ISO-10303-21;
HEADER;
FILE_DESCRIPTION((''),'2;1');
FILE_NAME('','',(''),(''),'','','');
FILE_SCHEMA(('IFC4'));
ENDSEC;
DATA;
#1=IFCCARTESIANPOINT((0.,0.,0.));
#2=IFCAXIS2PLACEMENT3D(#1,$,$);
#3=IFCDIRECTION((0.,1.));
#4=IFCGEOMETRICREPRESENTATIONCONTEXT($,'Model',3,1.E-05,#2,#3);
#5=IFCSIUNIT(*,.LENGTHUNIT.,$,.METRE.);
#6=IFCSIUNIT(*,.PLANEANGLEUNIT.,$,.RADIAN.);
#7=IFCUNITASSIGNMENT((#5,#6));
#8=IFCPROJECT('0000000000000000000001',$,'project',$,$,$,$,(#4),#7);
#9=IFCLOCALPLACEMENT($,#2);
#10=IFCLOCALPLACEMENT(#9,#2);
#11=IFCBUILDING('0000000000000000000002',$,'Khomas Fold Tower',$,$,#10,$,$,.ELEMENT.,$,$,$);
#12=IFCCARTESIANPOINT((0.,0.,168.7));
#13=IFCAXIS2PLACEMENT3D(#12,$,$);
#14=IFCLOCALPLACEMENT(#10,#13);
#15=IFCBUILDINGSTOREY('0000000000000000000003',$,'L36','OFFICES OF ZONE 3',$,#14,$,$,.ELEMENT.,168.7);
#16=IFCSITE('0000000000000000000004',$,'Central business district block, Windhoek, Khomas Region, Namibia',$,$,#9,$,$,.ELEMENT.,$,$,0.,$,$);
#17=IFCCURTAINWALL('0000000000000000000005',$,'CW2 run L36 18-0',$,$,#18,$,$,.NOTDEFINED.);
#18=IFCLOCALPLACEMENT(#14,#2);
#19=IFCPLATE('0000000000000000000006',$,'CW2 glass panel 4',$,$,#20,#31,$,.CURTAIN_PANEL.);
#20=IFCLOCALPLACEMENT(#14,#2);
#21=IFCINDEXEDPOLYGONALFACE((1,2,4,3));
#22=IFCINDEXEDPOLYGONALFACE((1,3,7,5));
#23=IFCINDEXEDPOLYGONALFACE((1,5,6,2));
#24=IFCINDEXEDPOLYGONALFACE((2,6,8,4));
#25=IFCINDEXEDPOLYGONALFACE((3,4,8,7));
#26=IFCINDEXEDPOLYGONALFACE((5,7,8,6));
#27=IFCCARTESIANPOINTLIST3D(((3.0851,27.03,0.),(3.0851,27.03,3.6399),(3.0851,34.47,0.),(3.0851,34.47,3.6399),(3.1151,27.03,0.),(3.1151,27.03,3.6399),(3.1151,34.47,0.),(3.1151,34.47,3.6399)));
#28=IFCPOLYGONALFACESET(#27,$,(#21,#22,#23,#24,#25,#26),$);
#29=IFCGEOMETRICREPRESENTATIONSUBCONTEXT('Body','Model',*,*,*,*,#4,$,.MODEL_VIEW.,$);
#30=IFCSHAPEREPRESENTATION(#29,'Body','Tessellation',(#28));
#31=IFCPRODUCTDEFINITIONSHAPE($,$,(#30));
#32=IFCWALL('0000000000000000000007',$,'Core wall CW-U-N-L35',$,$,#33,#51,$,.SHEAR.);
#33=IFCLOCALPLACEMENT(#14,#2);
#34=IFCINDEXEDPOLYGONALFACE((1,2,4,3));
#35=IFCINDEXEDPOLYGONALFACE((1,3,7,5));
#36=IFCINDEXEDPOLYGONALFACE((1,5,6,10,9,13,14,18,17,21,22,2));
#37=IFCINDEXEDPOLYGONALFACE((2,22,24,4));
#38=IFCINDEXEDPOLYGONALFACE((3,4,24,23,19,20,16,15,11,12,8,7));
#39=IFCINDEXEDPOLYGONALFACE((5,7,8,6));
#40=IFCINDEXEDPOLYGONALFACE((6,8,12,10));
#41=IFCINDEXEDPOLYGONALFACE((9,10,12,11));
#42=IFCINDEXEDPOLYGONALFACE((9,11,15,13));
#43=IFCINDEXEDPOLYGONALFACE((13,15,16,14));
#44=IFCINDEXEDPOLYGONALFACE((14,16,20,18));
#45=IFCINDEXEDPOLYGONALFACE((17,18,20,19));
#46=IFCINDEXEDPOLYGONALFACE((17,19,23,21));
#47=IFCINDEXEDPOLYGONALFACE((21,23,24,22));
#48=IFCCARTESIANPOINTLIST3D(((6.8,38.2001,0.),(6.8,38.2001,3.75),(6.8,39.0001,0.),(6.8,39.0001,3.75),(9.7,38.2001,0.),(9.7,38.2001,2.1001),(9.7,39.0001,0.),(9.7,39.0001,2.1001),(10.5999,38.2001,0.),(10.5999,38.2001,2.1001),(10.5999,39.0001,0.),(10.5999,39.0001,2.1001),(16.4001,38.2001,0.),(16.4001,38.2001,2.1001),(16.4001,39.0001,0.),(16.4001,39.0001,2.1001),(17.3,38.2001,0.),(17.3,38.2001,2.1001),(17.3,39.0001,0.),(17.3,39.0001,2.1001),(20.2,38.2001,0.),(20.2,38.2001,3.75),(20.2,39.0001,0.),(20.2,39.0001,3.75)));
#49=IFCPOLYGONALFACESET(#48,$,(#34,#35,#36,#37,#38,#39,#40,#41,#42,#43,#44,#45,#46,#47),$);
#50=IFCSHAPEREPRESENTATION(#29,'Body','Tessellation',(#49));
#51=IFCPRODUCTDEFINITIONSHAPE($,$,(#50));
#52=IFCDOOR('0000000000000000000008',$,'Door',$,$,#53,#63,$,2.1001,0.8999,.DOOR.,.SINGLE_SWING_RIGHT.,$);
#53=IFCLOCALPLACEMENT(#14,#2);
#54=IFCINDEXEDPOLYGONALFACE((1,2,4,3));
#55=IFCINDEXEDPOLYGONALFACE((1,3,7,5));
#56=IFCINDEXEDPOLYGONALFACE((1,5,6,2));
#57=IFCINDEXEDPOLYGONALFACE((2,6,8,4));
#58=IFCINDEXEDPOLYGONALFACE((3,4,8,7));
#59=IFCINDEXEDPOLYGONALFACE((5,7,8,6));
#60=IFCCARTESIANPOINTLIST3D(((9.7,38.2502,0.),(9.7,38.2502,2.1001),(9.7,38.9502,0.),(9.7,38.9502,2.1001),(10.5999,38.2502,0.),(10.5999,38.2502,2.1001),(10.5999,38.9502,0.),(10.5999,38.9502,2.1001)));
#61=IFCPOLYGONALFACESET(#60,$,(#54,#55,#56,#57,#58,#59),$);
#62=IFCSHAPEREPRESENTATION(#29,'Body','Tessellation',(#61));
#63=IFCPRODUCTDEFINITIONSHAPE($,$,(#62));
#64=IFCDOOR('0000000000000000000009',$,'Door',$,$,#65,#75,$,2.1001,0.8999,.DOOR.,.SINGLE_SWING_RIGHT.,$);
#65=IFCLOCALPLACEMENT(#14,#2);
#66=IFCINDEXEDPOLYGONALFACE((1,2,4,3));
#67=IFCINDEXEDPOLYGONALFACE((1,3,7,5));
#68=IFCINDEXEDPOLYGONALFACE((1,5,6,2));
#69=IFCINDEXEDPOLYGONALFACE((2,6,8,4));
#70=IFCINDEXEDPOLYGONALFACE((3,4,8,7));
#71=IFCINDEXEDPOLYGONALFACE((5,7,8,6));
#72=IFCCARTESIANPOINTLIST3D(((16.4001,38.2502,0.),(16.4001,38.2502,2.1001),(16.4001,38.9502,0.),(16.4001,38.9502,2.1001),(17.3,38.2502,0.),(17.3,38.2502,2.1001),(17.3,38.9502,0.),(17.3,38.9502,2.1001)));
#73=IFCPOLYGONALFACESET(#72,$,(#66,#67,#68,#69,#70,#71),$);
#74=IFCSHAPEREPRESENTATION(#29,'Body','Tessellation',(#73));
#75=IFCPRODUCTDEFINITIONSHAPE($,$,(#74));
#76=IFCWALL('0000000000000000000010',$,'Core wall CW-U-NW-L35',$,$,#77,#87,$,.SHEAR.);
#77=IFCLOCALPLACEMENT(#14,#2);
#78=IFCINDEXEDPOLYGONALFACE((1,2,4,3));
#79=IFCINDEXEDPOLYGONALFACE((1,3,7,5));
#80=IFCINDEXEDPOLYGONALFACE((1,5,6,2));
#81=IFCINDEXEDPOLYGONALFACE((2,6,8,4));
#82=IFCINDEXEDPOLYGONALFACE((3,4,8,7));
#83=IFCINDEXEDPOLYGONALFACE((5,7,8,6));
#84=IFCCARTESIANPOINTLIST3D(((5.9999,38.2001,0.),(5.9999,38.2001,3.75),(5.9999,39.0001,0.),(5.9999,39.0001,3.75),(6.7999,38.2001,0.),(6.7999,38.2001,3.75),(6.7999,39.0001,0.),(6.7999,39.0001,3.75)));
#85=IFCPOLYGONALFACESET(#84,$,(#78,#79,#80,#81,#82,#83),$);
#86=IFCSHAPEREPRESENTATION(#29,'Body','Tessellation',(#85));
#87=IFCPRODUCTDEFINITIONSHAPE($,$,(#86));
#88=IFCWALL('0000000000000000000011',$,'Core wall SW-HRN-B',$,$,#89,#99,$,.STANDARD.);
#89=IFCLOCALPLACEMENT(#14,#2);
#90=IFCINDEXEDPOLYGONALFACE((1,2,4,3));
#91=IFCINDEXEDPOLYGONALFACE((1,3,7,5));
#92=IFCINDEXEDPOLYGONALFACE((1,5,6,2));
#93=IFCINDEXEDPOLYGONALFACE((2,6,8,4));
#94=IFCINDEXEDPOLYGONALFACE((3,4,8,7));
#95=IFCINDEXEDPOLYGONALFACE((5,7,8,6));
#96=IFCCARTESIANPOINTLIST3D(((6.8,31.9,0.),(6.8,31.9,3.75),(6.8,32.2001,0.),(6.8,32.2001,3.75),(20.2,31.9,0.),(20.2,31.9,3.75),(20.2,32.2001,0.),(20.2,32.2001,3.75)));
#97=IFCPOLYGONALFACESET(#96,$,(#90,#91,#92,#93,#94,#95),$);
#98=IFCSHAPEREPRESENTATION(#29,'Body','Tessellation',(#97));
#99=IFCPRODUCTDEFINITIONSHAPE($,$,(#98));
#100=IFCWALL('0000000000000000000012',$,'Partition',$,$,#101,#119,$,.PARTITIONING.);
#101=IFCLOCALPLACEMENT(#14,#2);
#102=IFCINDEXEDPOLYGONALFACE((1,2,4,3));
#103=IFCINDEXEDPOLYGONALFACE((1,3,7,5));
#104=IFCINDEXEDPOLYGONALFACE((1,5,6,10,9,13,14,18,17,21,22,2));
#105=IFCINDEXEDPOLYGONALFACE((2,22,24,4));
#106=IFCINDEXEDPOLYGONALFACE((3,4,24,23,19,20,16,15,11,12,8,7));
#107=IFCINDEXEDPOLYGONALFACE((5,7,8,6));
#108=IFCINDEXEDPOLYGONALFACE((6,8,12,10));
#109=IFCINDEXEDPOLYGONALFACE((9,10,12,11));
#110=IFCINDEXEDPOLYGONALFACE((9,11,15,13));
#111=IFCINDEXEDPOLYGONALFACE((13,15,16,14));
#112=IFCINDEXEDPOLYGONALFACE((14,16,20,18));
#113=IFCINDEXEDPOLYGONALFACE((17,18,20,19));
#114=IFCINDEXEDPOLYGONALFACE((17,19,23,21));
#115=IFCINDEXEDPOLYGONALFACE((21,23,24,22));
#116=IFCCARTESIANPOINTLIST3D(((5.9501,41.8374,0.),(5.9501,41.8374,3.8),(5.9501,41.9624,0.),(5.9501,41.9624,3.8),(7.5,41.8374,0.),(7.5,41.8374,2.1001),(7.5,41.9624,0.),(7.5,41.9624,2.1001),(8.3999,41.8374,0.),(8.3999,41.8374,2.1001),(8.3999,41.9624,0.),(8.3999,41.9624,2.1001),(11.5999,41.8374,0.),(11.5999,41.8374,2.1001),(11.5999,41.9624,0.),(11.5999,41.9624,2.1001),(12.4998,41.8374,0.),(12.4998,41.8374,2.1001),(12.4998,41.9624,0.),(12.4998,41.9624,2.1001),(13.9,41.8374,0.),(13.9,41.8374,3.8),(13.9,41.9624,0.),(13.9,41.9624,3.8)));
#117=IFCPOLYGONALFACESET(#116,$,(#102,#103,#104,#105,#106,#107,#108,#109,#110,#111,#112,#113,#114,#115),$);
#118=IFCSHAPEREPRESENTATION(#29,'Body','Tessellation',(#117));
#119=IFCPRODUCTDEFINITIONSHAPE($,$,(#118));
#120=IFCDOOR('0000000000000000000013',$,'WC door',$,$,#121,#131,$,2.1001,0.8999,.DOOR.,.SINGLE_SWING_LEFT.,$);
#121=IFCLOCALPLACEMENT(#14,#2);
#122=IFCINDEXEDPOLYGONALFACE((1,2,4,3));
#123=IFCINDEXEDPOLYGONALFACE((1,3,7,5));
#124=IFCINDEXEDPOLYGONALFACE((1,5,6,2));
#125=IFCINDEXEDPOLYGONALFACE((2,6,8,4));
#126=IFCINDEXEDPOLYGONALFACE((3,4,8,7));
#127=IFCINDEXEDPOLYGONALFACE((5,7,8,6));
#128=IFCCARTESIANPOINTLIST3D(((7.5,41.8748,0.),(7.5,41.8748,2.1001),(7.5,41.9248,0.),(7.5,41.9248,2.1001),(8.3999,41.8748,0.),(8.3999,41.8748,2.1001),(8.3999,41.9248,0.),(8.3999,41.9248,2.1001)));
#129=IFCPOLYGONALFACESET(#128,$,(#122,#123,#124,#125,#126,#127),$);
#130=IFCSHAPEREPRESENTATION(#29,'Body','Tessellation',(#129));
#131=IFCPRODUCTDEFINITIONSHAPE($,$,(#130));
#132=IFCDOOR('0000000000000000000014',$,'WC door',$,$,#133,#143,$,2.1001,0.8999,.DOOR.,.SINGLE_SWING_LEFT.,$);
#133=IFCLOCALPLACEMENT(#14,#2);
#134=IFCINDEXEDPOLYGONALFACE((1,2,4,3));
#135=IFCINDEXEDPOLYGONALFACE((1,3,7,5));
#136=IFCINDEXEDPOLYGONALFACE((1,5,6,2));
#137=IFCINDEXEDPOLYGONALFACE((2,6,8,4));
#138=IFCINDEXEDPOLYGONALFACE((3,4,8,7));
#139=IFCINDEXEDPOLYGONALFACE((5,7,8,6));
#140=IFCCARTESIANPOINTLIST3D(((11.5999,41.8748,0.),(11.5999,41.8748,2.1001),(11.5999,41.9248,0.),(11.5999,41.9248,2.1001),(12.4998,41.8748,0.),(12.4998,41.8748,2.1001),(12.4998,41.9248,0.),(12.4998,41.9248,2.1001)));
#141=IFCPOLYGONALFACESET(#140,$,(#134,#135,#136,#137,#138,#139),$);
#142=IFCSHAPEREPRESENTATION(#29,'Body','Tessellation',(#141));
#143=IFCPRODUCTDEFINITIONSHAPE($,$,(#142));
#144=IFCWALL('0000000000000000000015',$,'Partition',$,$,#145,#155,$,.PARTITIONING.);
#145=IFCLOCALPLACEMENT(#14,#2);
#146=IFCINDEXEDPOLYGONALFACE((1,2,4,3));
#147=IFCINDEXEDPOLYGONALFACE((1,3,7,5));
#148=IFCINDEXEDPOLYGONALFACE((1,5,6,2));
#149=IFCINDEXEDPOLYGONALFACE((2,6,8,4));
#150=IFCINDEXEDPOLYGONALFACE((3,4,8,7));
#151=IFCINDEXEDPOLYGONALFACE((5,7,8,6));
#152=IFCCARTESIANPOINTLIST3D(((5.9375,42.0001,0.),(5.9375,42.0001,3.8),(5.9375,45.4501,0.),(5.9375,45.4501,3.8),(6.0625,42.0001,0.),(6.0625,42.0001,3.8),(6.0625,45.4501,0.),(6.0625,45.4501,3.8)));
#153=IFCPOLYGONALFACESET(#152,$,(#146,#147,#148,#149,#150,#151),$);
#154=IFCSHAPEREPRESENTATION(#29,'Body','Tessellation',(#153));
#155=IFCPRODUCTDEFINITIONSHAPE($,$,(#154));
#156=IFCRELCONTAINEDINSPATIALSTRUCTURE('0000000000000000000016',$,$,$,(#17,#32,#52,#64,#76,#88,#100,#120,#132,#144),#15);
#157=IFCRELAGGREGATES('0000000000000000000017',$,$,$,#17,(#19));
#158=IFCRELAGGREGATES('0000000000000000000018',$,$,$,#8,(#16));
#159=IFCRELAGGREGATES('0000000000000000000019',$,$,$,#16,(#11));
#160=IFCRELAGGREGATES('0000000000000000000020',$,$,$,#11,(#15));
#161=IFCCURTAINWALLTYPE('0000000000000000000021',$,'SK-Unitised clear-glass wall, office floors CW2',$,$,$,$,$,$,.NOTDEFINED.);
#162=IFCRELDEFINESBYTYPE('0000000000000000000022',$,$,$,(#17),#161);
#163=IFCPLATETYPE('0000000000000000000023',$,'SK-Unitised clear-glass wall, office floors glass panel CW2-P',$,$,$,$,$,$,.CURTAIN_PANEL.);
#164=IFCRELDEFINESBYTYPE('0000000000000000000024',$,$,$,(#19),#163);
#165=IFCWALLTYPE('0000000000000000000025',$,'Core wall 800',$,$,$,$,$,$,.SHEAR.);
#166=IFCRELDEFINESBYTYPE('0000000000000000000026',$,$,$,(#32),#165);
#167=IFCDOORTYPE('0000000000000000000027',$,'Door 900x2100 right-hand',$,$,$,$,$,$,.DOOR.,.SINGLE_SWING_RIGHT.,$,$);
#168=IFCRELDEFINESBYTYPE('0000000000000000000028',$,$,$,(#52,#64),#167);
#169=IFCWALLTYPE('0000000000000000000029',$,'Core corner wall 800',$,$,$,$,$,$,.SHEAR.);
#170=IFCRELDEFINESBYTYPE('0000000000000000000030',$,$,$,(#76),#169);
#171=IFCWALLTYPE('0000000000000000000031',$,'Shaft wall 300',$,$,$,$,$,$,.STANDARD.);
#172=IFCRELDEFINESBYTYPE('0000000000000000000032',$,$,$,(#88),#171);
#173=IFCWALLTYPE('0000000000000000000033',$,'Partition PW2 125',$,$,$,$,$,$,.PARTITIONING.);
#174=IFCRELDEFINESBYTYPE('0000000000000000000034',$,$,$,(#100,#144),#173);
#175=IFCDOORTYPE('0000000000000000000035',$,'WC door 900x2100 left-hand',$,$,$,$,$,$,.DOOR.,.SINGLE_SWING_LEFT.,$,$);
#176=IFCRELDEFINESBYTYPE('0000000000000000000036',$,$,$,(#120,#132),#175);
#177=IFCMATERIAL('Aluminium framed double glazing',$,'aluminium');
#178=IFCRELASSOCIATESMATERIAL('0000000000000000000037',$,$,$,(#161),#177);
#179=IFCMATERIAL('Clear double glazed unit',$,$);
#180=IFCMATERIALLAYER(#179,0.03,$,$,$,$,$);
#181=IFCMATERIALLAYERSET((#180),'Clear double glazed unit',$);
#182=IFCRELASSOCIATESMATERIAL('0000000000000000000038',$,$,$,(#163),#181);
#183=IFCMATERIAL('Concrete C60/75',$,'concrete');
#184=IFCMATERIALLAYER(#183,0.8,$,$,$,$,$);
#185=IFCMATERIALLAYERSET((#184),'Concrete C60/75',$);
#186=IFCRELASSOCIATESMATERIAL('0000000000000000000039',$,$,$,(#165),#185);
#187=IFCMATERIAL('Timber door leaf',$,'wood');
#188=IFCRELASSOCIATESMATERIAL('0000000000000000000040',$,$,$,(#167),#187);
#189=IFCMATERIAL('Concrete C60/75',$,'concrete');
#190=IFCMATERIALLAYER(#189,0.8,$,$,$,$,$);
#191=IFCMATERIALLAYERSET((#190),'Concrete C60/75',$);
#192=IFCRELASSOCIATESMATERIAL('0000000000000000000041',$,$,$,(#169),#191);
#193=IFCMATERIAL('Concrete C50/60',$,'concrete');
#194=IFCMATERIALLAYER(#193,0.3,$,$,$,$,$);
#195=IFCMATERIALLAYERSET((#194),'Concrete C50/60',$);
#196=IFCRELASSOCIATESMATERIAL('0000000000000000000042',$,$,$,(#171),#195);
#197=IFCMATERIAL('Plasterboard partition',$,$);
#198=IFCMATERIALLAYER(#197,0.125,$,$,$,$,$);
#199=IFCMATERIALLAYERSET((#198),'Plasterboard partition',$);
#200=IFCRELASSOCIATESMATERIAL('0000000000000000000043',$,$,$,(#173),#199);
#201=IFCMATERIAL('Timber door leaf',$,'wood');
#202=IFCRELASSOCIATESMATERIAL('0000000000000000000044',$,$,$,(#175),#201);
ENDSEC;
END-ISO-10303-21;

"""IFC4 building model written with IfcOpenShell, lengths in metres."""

from ifc_helpers import new_model, si_unit, direction, frame, frame_2d, origin, origin_2d, place, context, subcontext, project, spatial, rectangle, extrude, source, transform, mapped, material, layer, layer_set, type_object, element, fill, aggregate, save


model = new_model("IFC4")

# Units and contexts
model_context = context("Model", 3, precision=1e-05, world=origin(), true_north=direction((0.0, 1.0)))
body_context = subcontext(model_context, "Body", "Model", "MODEL_VIEW")
ifc_project = project(units=[si_unit("LENGTHUNIT", "METRE"), si_unit("PLANEANGLEUNIT", "RADIAN")], contexts=[model_context])

# Site, building, storey
site_placement = place(None, origin())
site = spatial("IfcSite", under=ifc_project, at=site_placement, Name="Central business district block, Windhoek, Khomas Region, Namibia", CompositionType="ELEMENT", RefElevation=0.0)
building_placement = place(site_placement, origin())
building = spatial("IfcBuilding", under=site, at=building_placement, Name="Khomas Fold Tower", CompositionType="ELEMENT")
storey_placement = place(building_placement, frame((0.0, 0.0, 168.7)))
storey = spatial("IfcBuildingStorey", under=building, at=storey_placement, Name="L36", Description="OFFICES OF ZONE 3", CompositionType="ELEMENT", Elevation=168.7)

# Curtain wall, plate
ifc_material_1 = material(Name="Aluminium framed double glazing", Category="aluminium")
curtain_wall_type = type_object("IfcCurtainWallType", Name="SK-Unitised clear-glass wall, office floors CW2", PredefinedType="NOTDEFINED", material=ifc_material_1)
curtain_wall_placement = place(storey_placement, origin())
curtain_wall = element("IfcCurtainWall", 1, at=curtain_wall_placement, inside=storey, type_object=curtain_wall_type, Name="CW2 run L36 18-0", PredefinedType="NOTDEFINED")
ifc_material_2 = material(Name="Clear double glazed unit")
ifc_layer_1 = layer(ifc_material_2, 0.03)
ifc_layer_set_1 = layer_set([ifc_layer_1], Name="Clear double glazed unit")
plate_type = type_object("IfcPlateType", Name="SK-Unitised clear-glass wall, office floors glass panel CW2-P", PredefinedType="CURTAIN_PANEL", material=ifc_layer_set_1)
shared_shape_1 = source(origin(), body_context, "Body", "SweptSolid", [
    extrude(rectangle(XDim=7.4399, YDim=0.03, at=origin_2d()), origin(), (0.0, 0.0, 1.0), 3.6399),
])
plate_1_placement = place(storey_placement, frame((3.1001, 30.75, 0.0), z_axis=(0.0, 0.0, 1.0), x_axis=(0.0, -1.0, 0.0)))
plate_1 = element("IfcPlate", 2, at=plate_1_placement, type_object=plate_type, Name="CW2 glass panel 4", PredefinedType="CURTAIN_PANEL", context=body_context, shape_type="MappedRepresentation", body=[
    mapped(shared_shape_1, transform((0.0, 0.0, 0.0))),
])
aggregate(curtain_wall, [plate_1])

# Wall, openings, doors
ifc_material_3 = material(Name="Concrete C60/75", Category="concrete")
ifc_layer_2 = layer(ifc_material_3, 0.8)
ifc_layer_set_2 = layer_set([ifc_layer_2], Name="Concrete C60/75")
wall_type_1 = type_object("IfcWallType", Name="Core wall 800", PredefinedType="SHEAR", material=ifc_layer_set_2)
shared_shape_2 = source(origin(), body_context, "Body", "SweptSolid", [
    extrude(rectangle(XDim=13.3999, YDim=0.8, at=frame_2d((6.7, 0.0))), origin(), (0.0, 0.0, 1.0), 3.75),
])
wall_1_placement = place(storey_placement, frame((6.8, 38.6001, 0.0), z_axis=(0.0, 0.0, 1.0), x_axis=(1.0, 0.0, 0.0)))
wall_1 = element("IfcWall", 3, at=wall_1_placement, inside=storey, type_object=wall_type_1, Name="Core wall CW-U-N-L35", PredefinedType="SHEAR", context=body_context, shape_type="MappedRepresentation", body=[
    mapped(shared_shape_2, transform((0.0, 0.0, 0.0))),
])
shared_shape_3 = source(origin(), body_context, "Body", "SweptSolid", [
    extrude(rectangle(XDim=0.8999, YDim=2.1001, at=frame_2d((0.45, 1.05))), frame((0.0, 0.4099, 0.0), z_axis=(0.0, -1.0, 0.0), x_axis=(1.0, 0.0, 0.0)), (0.0, 0.0, 1.0), 0.8201),
])
opening_1_placement = place(wall_1_placement, frame((2.8999, 0.0, 0.0)))
opening_1 = element("IfcOpeningElement", 4, at=opening_1_placement, cuts=wall_1, PredefinedType="OPENING", context=body_context, shape_type="MappedRepresentation", body=[
    mapped(shared_shape_3, transform((0.0, 0.0, 0.0))),
])
opening_2_placement = place(wall_1_placement, frame((9.6001, 0.0, 0.0)))
opening_2 = element("IfcOpeningElement", 5, at=opening_2_placement, cuts=wall_1, PredefinedType="OPENING", context=body_context, shape_type="MappedRepresentation", body=[
    mapped(shared_shape_3, transform((0.0, 0.0, 0.0))),
])
ifc_material_4 = material(Name="Timber door leaf", Category="wood")
door_type_1 = type_object("IfcDoorType", Name="Door 900x2100 right-hand", OperationType="SINGLE_SWING_RIGHT", PredefinedType="DOOR", material=ifc_material_4)
shared_shape_4 = source(origin(), body_context, "Body", "SweptSolid", [
    extrude(rectangle(XDim=0.8999, YDim=2.1001, at=frame_2d((0.45, 1.05))), frame((0.0, 0.3501, 0.0), z_axis=(0.0, -1.0, 0.0), x_axis=(1.0, 0.0, 0.0)), (0.0, 0.0, 1.0), 0.7),
])
door_1_placement = place(opening_1_placement, origin())
door_1 = element("IfcDoor", 6, at=door_1_placement, inside=storey, type_object=door_type_1, Name="Door", OperationType="SINGLE_SWING_RIGHT", OverallHeight=2.1001, OverallWidth=0.8999, PredefinedType="DOOR", context=body_context, shape_type="MappedRepresentation", body=[
    mapped(shared_shape_4, transform((0.0, 0.0, 0.0))),
])
fill(opening_1, door_1)
door_2_placement = place(opening_2_placement, origin())
door_2 = element("IfcDoor", 7, at=door_2_placement, inside=storey, type_object=door_type_1, Name="Door", OperationType="SINGLE_SWING_RIGHT", OverallHeight=2.1001, OverallWidth=0.8999, PredefinedType="DOOR", context=body_context, shape_type="MappedRepresentation", body=[
    mapped(shared_shape_4, transform((0.0, 0.0, 0.0))),
])
fill(opening_2, door_2)

# Walls
ifc_material_5 = material(Name="Concrete C60/75", Category="concrete")
ifc_layer_3 = layer(ifc_material_5, 0.8)
ifc_layer_set_3 = layer_set([ifc_layer_3], Name="Concrete C60/75")
wall_type_2 = type_object("IfcWallType", Name="Core corner wall 800", PredefinedType="SHEAR", material=ifc_layer_set_3)
shared_shape_5 = source(origin(), body_context, "Body", "SweptSolid", [
    extrude(rectangle(XDim=0.8, YDim=0.8, at=frame_2d((0.3999, 0.0))), origin(), (0.0, 0.0, 1.0), 3.75),
])
wall_2_placement = place(storey_placement, frame((6.0, 38.6001, 0.0), z_axis=(0.0, 0.0, 1.0), x_axis=(1.0, 0.0, 0.0)))
element("IfcWall", 8, at=wall_2_placement, inside=storey, type_object=wall_type_2, Name="Core wall CW-U-NW-L35", PredefinedType="SHEAR", context=body_context, shape_type="MappedRepresentation", body=[
    mapped(shared_shape_5, transform((0.0, 0.0, 0.0))),
])
ifc_material_6 = material(Name="Concrete C50/60", Category="concrete")
ifc_layer_4 = layer(ifc_material_6, 0.3)
ifc_layer_set_4 = layer_set([ifc_layer_4], Name="Concrete C50/60")
wall_type_3 = type_object("IfcWallType", Name="Shaft wall 300", PredefinedType="STANDARD", material=ifc_layer_set_4)
shared_shape_6 = source(origin(), body_context, "Body", "SweptSolid", [
    extrude(rectangle(XDim=13.3999, YDim=0.3, at=frame_2d((6.7, 0.0))), origin(), (0.0, 0.0, 1.0), 3.75),
])
wall_3_placement = place(storey_placement, frame((6.8, 32.05, 0.0), z_axis=(0.0, 0.0, 1.0), x_axis=(1.0, 0.0, 0.0)))
element("IfcWall", 9, at=wall_3_placement, inside=storey, type_object=wall_type_3, Name="Core wall SW-HRN-B", PredefinedType="STANDARD", context=body_context, shape_type="MappedRepresentation", body=[
    mapped(shared_shape_6, transform((0.0, 0.0, 0.0))),
])

# Wall, openings, doors
ifc_material_7 = material(Name="Plasterboard partition")
ifc_layer_5 = layer(ifc_material_7, 0.125)
ifc_layer_set_5 = layer_set([ifc_layer_5], Name="Plasterboard partition")
wall_type_4 = type_object("IfcWallType", Name="Partition PW2 125", PredefinedType="PARTITIONING", material=ifc_layer_set_5)
shared_shape_7 = source(origin(), body_context, "Body", "SweptSolid", [
    extrude(rectangle(XDim=7.95, YDim=0.125, at=frame_2d((3.9751, 0.0))), origin(), (0.0, 0.0, 1.0), 3.8),
])
wall_4_placement = place(storey_placement, frame((5.95, 41.8999, 0.0), z_axis=(0.0, 0.0, 1.0), x_axis=(1.0, 0.0, 0.0)))
wall_4 = element("IfcWall", 10, at=wall_4_placement, inside=storey, type_object=wall_type_4, Name="Partition", PredefinedType="PARTITIONING", context=body_context, shape_type="MappedRepresentation", body=[
    mapped(shared_shape_7, transform((0.0, 0.0, 0.0))),
])
shared_shape_8 = source(origin(), body_context, "Body", "SweptSolid", [
    extrude(rectangle(XDim=0.8999, YDim=2.1001, at=frame_2d((0.45, 1.05))), frame((0.0, 0.0725, 0.0), z_axis=(0.0, -1.0, 0.0), x_axis=(1.0, 0.0, 0.0)), (0.0, 0.0, 1.0), 0.145),
])
opening_3_placement = place(wall_4_placement, frame((1.55, 0.0, 0.0)))
opening_3 = element("IfcOpeningElement", 11, at=opening_3_placement, cuts=wall_4, PredefinedType="OPENING", context=body_context, shape_type="MappedRepresentation", body=[
    mapped(shared_shape_8, transform((0.0, 0.0, 0.0))),
])
opening_4_placement = place(wall_4_placement, frame((5.6499, 0.0, 0.0)))
opening_4 = element("IfcOpeningElement", 12, at=opening_4_placement, cuts=wall_4, PredefinedType="OPENING", context=body_context, shape_type="MappedRepresentation", body=[
    mapped(shared_shape_8, transform((0.0, 0.0, 0.0))),
])
ifc_material_8 = material(Name="Timber door leaf", Category="wood")
door_type_2 = type_object("IfcDoorType", Name="WC door 900x2100 left-hand", OperationType="SINGLE_SWING_LEFT", PredefinedType="DOOR", material=ifc_material_8)
shared_shape_9 = source(origin(), body_context, "Body", "SweptSolid", [
    extrude(rectangle(XDim=0.8999, YDim=2.1001, at=frame_2d((0.45, 1.05))), frame((0.0, 0.0249, 0.0), z_axis=(0.0, -1.0, 0.0), x_axis=(1.0, 0.0, 0.0)), (0.0, 0.0, 1.0), 0.05),
])
door_3_placement = place(opening_3_placement, origin())
door_3 = element("IfcDoor", 13, at=door_3_placement, inside=storey, type_object=door_type_2, Name="WC door", OperationType="SINGLE_SWING_LEFT", OverallHeight=2.1001, OverallWidth=0.8999, PredefinedType="DOOR", context=body_context, shape_type="MappedRepresentation", body=[
    mapped(shared_shape_9, transform((0.0, 0.0, 0.0))),
])
fill(opening_3, door_3)
door_4_placement = place(opening_4_placement, origin())
door_4 = element("IfcDoor", 14, at=door_4_placement, inside=storey, type_object=door_type_2, Name="WC door", OperationType="SINGLE_SWING_LEFT", OverallHeight=2.1001, OverallWidth=0.8999, PredefinedType="DOOR", context=body_context, shape_type="MappedRepresentation", body=[
    mapped(shared_shape_9, transform((0.0, 0.0, 0.0))),
])
fill(opening_4, door_4)

# Wall
shared_shape_10 = source(origin(), body_context, "Body", "SweptSolid", [
    extrude(rectangle(XDim=3.45, YDim=0.125, at=frame_2d((1.7251, 0.0))), origin(), (0.0, 0.0, 1.0), 3.8),
])
wall_5_placement = place(storey_placement, frame((6.0, 42.0, 0.0), z_axis=(0.0, 0.0, 1.0), x_axis=(0.0, 1.0, 0.0)))
element("IfcWall", 15, at=wall_5_placement, inside=storey, type_object=wall_type_4, Name="Partition", PredefinedType="PARTITIONING", context=body_context, shape_type="MappedRepresentation", body=[
    mapped(shared_shape_10, transform((0.0, 0.0, 0.0))),
])

save(model, "model.ifc")
